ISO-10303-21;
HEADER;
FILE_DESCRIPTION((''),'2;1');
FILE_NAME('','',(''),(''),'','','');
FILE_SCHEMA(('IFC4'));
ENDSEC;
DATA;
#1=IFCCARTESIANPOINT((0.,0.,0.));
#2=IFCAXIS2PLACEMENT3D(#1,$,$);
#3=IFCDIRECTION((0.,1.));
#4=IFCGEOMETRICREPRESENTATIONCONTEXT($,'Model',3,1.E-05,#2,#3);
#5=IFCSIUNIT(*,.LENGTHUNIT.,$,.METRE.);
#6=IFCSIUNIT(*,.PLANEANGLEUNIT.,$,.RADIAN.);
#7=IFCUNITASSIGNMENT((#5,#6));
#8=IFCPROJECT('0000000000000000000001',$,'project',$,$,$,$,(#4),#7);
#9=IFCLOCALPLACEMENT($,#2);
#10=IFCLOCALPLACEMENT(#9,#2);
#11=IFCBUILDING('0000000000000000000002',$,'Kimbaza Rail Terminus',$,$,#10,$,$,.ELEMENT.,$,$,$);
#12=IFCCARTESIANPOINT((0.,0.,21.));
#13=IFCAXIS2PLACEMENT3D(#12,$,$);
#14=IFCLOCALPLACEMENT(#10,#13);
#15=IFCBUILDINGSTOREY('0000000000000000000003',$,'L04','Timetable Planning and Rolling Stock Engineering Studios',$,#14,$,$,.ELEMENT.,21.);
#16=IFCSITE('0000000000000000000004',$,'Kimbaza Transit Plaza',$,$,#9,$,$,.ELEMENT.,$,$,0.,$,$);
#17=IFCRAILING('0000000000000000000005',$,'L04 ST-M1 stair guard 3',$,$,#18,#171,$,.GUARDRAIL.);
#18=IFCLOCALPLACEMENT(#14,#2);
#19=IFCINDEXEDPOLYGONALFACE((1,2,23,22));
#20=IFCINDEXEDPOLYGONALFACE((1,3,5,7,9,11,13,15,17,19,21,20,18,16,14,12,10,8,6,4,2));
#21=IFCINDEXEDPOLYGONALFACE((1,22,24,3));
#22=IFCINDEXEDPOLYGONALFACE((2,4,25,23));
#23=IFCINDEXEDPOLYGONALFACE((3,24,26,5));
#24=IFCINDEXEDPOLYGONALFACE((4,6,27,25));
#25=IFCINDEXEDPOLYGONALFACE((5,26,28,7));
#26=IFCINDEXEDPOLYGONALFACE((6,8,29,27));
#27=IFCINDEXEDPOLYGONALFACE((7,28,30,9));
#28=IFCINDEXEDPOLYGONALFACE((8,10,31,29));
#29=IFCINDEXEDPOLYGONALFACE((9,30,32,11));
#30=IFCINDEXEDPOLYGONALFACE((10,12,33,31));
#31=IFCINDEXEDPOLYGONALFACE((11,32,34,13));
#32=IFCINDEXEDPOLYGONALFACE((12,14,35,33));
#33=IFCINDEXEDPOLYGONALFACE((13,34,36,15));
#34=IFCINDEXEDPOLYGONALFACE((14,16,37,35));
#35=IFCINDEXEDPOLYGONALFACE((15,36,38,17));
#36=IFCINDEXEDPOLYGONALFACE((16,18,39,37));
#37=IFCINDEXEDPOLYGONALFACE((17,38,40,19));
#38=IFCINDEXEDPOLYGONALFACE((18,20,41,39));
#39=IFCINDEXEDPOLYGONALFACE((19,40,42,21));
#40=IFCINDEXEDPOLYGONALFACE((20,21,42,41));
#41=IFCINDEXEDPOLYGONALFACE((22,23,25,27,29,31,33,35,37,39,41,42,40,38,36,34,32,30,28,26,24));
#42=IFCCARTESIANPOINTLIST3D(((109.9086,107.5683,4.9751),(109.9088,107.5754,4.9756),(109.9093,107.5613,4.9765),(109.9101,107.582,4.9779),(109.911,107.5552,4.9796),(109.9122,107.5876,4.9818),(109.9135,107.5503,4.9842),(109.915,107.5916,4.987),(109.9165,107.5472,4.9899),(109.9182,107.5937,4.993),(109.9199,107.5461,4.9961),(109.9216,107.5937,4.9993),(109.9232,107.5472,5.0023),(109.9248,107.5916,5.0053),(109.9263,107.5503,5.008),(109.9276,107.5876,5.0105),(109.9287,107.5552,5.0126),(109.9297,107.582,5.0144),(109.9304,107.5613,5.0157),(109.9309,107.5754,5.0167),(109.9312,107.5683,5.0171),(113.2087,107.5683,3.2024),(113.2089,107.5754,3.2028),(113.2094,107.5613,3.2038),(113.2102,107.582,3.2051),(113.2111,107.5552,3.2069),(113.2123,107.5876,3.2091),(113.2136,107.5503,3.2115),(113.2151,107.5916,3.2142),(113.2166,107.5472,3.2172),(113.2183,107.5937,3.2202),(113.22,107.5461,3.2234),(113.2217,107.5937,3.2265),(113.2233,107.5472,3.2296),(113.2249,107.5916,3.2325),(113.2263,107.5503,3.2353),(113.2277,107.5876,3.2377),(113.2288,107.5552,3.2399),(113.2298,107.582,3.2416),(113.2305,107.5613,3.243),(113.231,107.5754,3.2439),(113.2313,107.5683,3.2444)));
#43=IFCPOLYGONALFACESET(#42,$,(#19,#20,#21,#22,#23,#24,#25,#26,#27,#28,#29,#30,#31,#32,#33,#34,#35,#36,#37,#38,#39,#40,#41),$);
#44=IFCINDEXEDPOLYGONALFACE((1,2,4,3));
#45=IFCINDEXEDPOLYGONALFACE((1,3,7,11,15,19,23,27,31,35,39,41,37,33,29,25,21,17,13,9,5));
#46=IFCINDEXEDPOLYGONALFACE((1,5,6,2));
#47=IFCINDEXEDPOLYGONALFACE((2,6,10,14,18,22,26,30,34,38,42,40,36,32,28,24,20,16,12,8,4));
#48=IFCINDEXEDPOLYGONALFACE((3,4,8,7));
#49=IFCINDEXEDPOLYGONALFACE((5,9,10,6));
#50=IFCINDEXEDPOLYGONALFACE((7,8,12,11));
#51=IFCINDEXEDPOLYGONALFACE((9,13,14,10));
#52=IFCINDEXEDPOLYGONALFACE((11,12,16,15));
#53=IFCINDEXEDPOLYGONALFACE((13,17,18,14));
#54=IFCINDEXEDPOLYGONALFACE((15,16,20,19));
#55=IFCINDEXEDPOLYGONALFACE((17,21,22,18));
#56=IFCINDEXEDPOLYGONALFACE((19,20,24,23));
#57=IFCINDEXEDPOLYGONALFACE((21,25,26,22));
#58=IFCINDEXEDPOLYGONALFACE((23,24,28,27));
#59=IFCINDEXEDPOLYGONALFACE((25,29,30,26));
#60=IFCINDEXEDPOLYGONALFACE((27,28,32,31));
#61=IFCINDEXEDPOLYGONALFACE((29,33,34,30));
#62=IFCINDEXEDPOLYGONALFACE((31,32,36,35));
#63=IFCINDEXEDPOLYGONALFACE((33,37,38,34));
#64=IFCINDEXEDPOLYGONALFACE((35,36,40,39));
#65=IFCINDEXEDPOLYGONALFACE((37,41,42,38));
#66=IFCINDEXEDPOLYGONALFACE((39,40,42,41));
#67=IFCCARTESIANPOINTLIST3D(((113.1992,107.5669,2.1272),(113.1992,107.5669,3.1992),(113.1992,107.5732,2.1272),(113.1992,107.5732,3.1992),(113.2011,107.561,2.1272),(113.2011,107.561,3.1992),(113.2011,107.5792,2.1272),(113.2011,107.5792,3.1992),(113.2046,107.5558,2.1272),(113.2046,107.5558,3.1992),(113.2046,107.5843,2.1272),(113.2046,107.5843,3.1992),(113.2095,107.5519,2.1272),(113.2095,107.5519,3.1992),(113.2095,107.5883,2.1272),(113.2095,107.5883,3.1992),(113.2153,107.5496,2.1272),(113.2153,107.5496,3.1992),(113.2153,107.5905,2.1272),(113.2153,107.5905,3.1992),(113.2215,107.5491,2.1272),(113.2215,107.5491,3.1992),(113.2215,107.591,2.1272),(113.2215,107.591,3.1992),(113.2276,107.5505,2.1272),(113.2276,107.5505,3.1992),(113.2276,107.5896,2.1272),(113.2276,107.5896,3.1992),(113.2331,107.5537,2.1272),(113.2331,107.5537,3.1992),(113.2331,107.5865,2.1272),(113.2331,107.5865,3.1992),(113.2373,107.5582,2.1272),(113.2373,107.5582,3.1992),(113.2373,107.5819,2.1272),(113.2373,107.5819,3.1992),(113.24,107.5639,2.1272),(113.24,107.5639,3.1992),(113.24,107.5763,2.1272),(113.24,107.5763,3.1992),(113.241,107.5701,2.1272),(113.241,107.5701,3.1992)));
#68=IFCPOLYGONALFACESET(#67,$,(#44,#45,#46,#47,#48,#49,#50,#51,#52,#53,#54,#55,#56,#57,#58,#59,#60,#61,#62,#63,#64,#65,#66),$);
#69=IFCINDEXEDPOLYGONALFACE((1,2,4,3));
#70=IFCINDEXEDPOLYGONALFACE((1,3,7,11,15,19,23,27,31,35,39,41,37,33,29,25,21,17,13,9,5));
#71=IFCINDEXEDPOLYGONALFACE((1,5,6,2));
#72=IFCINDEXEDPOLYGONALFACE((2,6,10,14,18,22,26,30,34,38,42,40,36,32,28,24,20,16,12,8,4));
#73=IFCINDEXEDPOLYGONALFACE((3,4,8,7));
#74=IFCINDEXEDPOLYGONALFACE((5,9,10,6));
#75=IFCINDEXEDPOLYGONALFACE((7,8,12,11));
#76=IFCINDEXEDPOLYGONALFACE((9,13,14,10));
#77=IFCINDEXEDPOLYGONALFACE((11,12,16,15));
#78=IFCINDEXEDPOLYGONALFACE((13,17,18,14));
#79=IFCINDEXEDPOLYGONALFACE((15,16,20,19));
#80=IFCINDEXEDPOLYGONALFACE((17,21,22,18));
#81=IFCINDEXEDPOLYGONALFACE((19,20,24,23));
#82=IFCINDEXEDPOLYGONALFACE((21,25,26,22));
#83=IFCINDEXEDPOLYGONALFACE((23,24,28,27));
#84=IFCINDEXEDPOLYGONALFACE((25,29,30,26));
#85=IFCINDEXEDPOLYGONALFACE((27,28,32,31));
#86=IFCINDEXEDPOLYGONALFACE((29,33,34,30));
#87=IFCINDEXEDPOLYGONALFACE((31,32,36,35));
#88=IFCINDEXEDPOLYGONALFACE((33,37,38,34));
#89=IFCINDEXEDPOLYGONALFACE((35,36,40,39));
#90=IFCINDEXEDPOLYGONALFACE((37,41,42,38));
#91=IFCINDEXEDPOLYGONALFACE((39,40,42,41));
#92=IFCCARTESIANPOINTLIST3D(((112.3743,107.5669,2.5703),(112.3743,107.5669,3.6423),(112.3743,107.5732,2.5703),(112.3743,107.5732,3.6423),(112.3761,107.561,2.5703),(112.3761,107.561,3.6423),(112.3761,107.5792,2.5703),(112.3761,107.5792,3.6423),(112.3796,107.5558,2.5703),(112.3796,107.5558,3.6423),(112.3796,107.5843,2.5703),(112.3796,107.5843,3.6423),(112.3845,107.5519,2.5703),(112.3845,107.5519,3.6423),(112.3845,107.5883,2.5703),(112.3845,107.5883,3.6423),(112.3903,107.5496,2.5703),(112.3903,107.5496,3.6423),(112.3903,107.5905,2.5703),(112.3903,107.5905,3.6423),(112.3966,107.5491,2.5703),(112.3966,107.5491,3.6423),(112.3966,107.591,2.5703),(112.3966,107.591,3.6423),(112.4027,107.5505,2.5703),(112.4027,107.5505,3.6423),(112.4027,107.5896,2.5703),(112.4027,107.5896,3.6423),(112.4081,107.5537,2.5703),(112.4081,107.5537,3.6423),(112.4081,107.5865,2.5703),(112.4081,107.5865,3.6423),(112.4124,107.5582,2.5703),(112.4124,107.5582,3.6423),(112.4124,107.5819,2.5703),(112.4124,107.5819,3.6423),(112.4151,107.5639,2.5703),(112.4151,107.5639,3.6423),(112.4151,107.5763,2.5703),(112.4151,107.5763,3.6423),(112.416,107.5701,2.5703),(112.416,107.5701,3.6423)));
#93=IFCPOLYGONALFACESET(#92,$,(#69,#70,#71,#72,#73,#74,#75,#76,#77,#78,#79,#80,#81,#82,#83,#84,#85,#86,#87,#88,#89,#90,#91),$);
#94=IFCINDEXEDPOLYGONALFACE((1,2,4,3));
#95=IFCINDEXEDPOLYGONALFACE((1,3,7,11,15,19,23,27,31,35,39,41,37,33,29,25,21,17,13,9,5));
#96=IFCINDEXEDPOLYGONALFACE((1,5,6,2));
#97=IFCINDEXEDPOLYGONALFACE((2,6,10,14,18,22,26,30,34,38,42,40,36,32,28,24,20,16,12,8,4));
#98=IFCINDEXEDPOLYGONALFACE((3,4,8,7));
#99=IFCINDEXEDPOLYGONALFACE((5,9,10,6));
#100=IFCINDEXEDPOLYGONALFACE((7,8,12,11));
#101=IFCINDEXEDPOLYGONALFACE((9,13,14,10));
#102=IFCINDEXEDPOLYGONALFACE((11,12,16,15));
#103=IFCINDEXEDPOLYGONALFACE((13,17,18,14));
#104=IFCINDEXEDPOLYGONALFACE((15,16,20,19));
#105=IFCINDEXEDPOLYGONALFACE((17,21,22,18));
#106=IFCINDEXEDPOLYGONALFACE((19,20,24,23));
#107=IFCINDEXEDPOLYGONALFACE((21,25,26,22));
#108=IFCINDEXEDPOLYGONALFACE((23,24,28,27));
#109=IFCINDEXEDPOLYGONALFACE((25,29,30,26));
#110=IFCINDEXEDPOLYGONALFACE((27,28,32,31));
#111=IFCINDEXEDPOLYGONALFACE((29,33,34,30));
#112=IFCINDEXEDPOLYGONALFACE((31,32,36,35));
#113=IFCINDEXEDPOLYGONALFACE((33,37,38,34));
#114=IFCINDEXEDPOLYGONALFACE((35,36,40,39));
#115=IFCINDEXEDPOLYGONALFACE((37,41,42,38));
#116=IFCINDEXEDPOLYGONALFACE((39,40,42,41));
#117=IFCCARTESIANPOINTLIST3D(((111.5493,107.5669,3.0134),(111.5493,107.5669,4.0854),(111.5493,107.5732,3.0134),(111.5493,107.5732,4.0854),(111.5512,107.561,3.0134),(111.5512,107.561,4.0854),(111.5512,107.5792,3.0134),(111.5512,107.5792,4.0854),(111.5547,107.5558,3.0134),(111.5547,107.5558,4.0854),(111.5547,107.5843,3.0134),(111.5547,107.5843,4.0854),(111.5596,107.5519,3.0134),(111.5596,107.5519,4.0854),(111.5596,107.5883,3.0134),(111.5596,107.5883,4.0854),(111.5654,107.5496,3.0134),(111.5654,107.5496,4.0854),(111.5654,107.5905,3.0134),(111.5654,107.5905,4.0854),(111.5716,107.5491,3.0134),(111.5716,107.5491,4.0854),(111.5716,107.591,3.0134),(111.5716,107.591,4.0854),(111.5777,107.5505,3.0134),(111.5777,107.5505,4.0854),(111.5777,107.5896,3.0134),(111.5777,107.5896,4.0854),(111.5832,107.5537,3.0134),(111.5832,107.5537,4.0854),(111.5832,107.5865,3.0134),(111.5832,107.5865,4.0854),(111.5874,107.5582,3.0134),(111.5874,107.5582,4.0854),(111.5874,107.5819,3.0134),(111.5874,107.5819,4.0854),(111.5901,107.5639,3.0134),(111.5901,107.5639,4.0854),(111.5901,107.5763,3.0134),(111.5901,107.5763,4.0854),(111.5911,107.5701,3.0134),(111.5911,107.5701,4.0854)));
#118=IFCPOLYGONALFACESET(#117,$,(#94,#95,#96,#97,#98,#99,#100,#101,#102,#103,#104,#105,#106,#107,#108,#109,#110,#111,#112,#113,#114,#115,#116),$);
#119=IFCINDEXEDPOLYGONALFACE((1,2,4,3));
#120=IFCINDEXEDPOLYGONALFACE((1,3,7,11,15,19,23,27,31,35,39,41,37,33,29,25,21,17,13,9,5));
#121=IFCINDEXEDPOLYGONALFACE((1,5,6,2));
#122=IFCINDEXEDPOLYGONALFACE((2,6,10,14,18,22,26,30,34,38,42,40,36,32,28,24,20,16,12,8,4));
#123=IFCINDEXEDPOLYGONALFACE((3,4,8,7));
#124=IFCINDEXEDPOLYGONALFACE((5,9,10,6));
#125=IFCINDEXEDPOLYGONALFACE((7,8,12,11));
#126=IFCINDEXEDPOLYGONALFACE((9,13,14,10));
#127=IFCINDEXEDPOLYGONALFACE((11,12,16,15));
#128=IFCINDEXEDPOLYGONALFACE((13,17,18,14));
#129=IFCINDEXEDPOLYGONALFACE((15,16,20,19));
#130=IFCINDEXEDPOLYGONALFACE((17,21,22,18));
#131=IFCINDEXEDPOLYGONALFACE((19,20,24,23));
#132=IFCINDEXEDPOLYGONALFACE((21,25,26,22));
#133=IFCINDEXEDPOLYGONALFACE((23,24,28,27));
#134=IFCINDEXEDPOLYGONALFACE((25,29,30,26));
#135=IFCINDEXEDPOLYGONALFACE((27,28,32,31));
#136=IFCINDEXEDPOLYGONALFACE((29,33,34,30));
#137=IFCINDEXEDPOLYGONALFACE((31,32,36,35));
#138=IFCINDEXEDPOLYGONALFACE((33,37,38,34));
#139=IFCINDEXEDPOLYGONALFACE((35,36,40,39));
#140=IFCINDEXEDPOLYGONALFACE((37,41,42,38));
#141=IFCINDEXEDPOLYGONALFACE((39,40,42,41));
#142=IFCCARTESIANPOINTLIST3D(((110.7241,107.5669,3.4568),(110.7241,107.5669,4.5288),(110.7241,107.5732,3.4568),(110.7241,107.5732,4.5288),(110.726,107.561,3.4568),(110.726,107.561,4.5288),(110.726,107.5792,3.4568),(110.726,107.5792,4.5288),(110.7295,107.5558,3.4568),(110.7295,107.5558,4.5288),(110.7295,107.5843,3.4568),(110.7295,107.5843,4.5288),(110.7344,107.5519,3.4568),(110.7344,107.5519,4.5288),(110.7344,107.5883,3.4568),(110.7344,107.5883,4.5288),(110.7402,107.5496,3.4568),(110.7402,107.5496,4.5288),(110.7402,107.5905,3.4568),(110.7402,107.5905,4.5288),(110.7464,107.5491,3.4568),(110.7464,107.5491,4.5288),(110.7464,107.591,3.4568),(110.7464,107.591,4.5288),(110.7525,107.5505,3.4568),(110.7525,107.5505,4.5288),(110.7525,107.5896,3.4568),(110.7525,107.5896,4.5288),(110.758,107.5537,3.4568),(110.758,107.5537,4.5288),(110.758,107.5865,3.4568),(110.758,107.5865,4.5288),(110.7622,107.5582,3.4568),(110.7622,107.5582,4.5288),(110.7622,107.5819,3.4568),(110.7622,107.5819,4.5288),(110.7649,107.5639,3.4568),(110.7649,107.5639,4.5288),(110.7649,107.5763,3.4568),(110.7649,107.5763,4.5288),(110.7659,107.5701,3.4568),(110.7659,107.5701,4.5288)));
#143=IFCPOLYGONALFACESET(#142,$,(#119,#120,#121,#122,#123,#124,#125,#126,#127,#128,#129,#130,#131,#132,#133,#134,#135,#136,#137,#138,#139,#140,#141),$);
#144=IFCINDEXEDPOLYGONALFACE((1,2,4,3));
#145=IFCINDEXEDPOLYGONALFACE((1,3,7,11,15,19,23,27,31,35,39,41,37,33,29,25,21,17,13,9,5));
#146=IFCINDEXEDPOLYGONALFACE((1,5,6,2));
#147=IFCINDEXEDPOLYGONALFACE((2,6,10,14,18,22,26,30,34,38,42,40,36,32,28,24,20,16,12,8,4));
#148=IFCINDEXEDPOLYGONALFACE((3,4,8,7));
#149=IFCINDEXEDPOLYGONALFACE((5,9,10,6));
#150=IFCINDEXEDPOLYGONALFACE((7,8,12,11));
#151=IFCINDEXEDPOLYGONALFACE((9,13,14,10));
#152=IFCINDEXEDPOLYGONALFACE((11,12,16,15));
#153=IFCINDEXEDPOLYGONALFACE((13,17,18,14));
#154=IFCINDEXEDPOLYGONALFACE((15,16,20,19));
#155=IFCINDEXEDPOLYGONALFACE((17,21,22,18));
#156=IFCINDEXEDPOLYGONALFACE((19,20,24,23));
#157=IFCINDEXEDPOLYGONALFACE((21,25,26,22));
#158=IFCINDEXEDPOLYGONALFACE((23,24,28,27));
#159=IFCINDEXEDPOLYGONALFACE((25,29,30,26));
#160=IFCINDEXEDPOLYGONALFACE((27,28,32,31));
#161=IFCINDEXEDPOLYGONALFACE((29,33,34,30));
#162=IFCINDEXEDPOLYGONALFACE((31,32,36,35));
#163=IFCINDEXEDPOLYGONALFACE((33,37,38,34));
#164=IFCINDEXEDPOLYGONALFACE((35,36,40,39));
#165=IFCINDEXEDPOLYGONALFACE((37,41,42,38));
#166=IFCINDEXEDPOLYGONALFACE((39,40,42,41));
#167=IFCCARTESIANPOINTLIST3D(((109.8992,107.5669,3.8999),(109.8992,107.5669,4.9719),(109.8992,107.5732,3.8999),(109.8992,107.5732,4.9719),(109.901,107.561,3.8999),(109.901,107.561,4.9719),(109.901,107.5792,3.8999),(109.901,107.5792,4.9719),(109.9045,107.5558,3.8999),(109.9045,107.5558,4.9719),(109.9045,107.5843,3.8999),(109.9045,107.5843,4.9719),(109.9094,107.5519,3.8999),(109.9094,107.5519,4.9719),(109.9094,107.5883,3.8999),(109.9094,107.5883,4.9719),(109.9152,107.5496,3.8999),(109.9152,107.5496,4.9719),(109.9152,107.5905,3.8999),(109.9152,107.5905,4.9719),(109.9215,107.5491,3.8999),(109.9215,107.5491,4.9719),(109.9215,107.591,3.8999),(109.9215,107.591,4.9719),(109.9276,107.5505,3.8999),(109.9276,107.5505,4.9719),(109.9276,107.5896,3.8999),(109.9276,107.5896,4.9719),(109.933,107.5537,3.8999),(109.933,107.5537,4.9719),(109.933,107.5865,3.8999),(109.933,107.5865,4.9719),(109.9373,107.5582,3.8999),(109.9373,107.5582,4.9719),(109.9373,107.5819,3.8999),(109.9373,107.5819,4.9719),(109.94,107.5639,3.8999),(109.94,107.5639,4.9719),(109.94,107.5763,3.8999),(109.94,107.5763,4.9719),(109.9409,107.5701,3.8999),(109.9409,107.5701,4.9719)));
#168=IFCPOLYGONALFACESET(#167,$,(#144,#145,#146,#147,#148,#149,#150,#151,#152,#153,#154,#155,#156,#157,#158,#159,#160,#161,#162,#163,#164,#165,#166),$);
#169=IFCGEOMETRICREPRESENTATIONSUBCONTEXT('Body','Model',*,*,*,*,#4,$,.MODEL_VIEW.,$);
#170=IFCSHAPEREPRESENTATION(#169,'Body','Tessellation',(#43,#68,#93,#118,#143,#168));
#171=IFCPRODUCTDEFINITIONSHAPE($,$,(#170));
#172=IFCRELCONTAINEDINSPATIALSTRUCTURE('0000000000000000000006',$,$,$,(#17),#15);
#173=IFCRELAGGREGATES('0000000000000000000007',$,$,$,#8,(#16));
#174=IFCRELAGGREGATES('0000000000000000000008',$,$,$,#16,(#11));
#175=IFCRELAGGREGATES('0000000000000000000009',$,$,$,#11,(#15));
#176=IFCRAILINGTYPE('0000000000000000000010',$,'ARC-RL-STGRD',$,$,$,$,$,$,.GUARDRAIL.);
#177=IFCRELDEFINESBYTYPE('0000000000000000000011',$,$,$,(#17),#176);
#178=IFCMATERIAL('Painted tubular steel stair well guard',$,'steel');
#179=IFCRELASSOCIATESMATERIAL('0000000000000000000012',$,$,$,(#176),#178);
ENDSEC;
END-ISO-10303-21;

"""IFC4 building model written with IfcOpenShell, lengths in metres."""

from ifc_helpers import new_model, si_unit, direction, frame, origin, origin_2d, place, context, subcontext, project, spatial, circle, extrude, material, type_object, element, save


model = new_model("IFC4")

# Units and contexts
model_context = context("Model", 3, precision=1e-05, world=origin(), true_north=direction((0.0, 1.0)))
body_context = subcontext(model_context, "Body", "Model", "MODEL_VIEW")
ifc_project = project(units=[si_unit("LENGTHUNIT", "METRE"), si_unit("PLANEANGLEUNIT", "RADIAN")], contexts=[model_context])

# Site, building, storey
site_placement = place(None, origin())
site = spatial("IfcSite", under=ifc_project, at=site_placement, Name="Kimbaza Transit Plaza", CompositionType="ELEMENT", RefElevation=0.0)
building_placement = place(site_placement, origin())
building = spatial("IfcBuilding", under=site, at=building_placement, Name="Kimbaza Rail Terminus", CompositionType="ELEMENT")
storey_placement = place(building_placement, frame((0.0, 0.0, 21.0)))
storey = spatial("IfcBuildingStorey", under=building, at=storey_placement, Name="L04", Description="Timetable Planning and Rolling Stock Engineering Studios", CompositionType="ELEMENT", Elevation=21.0)

# Railing
ifc_material_1 = material(Name="Painted tubular steel stair well guard", Category="steel")
railing_type_1 = type_object("IfcRailingType", Name="ARC-RL-STGRD", PredefinedType="GUARDRAIL", material=ifc_material_1)
railing_1_placement = place(storey_placement, frame((113.22, 107.5701, 2.1272)))
element("IfcRailing", 1, at=railing_1_placement, inside=storey, type_object=railing_type_1, Name="L04 ST-M1 stair guard 3", PredefinedType="GUARDRAIL", context=body_context, shape_type="SweptSolid", body=[
    extrude(circle(Radius=0.0239, at=origin_2d()), frame((0.0, 0.0, 1.0962), z_axis=(-0.880944, 0.0, 0.473221), x_axis=(0.0, -1.0, 0.0)), (0.0, 0.0, 1.0), 3.7461),
    extrude(circle(Radius=0.021, at=origin_2d()), origin(), (0.0, 0.0, 1.0), 1.072),
    extrude(circle(Radius=0.021, at=origin_2d()), frame((-0.825, 0.0, 0.4431)), (0.0, 0.0, 1.0), 1.072),
    extrude(circle(Radius=0.021, at=origin_2d()), frame((-1.6499, 0.0, 0.8862)), (0.0, 0.0, 1.0), 1.072),
    extrude(circle(Radius=0.021, at=origin_2d()), frame((-2.4751, 0.0, 1.3296)), (0.0, 0.0, 1.0), 1.072),
    extrude(circle(Radius=0.021, at=origin_2d()), frame((-3.3, 0.0, 1.7727)), (0.0, 0.0, 1.0), 1.072),
])

save(model, "model.ifc")
